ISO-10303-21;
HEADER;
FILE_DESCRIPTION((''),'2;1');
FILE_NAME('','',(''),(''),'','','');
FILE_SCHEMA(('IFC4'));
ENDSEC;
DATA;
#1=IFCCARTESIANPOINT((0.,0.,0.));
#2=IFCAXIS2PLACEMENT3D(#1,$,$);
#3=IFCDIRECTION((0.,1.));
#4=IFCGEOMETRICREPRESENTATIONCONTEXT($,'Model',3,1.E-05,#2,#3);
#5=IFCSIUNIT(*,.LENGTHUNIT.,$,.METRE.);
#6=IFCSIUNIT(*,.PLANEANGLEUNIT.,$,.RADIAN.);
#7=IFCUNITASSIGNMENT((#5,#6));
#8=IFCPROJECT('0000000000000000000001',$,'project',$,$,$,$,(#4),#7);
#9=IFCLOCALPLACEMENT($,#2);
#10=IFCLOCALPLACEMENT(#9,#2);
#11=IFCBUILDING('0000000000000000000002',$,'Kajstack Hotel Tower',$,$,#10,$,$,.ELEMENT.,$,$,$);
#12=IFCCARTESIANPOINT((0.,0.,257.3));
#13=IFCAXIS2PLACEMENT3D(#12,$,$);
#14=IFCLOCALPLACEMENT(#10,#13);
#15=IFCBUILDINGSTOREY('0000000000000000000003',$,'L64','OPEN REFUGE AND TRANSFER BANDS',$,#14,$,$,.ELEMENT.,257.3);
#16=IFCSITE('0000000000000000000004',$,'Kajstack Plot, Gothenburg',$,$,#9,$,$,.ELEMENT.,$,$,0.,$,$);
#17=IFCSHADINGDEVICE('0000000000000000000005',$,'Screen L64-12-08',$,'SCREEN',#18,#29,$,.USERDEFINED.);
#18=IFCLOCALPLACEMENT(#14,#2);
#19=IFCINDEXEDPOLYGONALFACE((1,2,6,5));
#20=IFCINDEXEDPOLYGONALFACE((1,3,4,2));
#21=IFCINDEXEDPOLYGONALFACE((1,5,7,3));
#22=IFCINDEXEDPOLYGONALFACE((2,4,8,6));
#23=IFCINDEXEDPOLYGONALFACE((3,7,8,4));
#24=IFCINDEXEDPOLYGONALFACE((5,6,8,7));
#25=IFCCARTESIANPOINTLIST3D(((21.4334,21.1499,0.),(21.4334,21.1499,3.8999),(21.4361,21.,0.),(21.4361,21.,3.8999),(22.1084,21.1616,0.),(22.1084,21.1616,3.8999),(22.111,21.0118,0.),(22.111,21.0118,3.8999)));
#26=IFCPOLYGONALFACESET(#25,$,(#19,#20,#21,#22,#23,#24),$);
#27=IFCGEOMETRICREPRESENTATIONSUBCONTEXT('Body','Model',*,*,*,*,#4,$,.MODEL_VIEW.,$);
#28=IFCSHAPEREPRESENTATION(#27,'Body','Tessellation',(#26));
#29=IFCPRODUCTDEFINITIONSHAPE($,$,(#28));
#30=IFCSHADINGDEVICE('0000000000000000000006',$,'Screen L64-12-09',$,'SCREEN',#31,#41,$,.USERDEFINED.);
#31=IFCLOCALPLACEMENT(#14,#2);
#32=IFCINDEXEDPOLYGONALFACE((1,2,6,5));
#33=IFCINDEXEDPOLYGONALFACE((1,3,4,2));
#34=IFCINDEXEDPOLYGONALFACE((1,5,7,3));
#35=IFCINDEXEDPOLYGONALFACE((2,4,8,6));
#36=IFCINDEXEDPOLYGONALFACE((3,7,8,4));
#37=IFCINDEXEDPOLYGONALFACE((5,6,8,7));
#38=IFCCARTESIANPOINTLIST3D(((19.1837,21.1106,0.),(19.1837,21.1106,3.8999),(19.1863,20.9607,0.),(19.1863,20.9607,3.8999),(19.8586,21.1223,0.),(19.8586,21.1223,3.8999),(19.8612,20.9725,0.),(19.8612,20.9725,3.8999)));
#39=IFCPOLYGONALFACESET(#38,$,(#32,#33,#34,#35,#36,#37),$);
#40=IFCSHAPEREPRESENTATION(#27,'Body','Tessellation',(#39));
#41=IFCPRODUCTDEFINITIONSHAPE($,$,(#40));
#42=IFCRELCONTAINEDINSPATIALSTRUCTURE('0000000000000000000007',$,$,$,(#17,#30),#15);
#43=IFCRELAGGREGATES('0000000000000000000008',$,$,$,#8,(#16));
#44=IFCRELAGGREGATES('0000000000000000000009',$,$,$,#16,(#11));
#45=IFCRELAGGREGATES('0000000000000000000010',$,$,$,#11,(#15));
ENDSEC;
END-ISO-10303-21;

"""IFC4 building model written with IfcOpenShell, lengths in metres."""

from ifc_helpers import new_model, si_unit, direction, frame, origin, origin_2d, place, context, subcontext, project, spatial, rectangle, extrude, element, save


model = new_model("IFC4")

# Units and contexts
model_context = context("Model", 3, precision=1e-05, world=origin(), true_north=direction((0.0, 1.0)))
body_context = subcontext(model_context, "Body", "Model", "MODEL_VIEW")
ifc_project = project(units=[si_unit("LENGTHUNIT", "METRE"), si_unit("PLANEANGLEUNIT", "RADIAN")], contexts=[model_context])

# Site, building, storey
site_placement = place(None, origin())
site = spatial("IfcSite", under=ifc_project, at=site_placement, Name="Kajstack Plot, Gothenburg", CompositionType="ELEMENT", RefElevation=0.0)
building_placement = place(site_placement, origin())
building = spatial("IfcBuilding", under=site, at=building_placement, Name="Kajstack Hotel Tower", CompositionType="ELEMENT")
storey_placement = place(building_placement, frame((0.0, 0.0, 257.3)))
storey = spatial("IfcBuildingStorey", under=building, at=storey_placement, Name="L64", Description="OPEN REFUGE AND TRANSFER BANDS", CompositionType="ELEMENT", Elevation=257.3)

# Shading devices
for number, where, z_axis, x_axis, name in (
    (1, (21.7722, 21.0808, 0.0), (0.0, 0.0, 1.0), (-0.999848, -0.017453, 0.0), "Screen L64-12-08"),
    (2, (19.5225, 21.0415, 0.0), (0.0, 0.0, 1.0), (-0.999848, -0.017453, 0.0), "Screen L64-12-09"),
):
    element("IfcShadingDevice", number, at=place(storey_placement, frame(where, z_axis=z_axis, x_axis=x_axis)), inside=storey, Name=name, ObjectType="SCREEN", PredefinedType="USERDEFINED", context=body_context, shape_type="SweptSolid", body=[
        extrude(rectangle(XDim=0.675, YDim=0.1499, at=origin_2d()), origin(), (0.0, 0.0, 1.0), 3.8999),
    ])

save(model, "model.ifc")
